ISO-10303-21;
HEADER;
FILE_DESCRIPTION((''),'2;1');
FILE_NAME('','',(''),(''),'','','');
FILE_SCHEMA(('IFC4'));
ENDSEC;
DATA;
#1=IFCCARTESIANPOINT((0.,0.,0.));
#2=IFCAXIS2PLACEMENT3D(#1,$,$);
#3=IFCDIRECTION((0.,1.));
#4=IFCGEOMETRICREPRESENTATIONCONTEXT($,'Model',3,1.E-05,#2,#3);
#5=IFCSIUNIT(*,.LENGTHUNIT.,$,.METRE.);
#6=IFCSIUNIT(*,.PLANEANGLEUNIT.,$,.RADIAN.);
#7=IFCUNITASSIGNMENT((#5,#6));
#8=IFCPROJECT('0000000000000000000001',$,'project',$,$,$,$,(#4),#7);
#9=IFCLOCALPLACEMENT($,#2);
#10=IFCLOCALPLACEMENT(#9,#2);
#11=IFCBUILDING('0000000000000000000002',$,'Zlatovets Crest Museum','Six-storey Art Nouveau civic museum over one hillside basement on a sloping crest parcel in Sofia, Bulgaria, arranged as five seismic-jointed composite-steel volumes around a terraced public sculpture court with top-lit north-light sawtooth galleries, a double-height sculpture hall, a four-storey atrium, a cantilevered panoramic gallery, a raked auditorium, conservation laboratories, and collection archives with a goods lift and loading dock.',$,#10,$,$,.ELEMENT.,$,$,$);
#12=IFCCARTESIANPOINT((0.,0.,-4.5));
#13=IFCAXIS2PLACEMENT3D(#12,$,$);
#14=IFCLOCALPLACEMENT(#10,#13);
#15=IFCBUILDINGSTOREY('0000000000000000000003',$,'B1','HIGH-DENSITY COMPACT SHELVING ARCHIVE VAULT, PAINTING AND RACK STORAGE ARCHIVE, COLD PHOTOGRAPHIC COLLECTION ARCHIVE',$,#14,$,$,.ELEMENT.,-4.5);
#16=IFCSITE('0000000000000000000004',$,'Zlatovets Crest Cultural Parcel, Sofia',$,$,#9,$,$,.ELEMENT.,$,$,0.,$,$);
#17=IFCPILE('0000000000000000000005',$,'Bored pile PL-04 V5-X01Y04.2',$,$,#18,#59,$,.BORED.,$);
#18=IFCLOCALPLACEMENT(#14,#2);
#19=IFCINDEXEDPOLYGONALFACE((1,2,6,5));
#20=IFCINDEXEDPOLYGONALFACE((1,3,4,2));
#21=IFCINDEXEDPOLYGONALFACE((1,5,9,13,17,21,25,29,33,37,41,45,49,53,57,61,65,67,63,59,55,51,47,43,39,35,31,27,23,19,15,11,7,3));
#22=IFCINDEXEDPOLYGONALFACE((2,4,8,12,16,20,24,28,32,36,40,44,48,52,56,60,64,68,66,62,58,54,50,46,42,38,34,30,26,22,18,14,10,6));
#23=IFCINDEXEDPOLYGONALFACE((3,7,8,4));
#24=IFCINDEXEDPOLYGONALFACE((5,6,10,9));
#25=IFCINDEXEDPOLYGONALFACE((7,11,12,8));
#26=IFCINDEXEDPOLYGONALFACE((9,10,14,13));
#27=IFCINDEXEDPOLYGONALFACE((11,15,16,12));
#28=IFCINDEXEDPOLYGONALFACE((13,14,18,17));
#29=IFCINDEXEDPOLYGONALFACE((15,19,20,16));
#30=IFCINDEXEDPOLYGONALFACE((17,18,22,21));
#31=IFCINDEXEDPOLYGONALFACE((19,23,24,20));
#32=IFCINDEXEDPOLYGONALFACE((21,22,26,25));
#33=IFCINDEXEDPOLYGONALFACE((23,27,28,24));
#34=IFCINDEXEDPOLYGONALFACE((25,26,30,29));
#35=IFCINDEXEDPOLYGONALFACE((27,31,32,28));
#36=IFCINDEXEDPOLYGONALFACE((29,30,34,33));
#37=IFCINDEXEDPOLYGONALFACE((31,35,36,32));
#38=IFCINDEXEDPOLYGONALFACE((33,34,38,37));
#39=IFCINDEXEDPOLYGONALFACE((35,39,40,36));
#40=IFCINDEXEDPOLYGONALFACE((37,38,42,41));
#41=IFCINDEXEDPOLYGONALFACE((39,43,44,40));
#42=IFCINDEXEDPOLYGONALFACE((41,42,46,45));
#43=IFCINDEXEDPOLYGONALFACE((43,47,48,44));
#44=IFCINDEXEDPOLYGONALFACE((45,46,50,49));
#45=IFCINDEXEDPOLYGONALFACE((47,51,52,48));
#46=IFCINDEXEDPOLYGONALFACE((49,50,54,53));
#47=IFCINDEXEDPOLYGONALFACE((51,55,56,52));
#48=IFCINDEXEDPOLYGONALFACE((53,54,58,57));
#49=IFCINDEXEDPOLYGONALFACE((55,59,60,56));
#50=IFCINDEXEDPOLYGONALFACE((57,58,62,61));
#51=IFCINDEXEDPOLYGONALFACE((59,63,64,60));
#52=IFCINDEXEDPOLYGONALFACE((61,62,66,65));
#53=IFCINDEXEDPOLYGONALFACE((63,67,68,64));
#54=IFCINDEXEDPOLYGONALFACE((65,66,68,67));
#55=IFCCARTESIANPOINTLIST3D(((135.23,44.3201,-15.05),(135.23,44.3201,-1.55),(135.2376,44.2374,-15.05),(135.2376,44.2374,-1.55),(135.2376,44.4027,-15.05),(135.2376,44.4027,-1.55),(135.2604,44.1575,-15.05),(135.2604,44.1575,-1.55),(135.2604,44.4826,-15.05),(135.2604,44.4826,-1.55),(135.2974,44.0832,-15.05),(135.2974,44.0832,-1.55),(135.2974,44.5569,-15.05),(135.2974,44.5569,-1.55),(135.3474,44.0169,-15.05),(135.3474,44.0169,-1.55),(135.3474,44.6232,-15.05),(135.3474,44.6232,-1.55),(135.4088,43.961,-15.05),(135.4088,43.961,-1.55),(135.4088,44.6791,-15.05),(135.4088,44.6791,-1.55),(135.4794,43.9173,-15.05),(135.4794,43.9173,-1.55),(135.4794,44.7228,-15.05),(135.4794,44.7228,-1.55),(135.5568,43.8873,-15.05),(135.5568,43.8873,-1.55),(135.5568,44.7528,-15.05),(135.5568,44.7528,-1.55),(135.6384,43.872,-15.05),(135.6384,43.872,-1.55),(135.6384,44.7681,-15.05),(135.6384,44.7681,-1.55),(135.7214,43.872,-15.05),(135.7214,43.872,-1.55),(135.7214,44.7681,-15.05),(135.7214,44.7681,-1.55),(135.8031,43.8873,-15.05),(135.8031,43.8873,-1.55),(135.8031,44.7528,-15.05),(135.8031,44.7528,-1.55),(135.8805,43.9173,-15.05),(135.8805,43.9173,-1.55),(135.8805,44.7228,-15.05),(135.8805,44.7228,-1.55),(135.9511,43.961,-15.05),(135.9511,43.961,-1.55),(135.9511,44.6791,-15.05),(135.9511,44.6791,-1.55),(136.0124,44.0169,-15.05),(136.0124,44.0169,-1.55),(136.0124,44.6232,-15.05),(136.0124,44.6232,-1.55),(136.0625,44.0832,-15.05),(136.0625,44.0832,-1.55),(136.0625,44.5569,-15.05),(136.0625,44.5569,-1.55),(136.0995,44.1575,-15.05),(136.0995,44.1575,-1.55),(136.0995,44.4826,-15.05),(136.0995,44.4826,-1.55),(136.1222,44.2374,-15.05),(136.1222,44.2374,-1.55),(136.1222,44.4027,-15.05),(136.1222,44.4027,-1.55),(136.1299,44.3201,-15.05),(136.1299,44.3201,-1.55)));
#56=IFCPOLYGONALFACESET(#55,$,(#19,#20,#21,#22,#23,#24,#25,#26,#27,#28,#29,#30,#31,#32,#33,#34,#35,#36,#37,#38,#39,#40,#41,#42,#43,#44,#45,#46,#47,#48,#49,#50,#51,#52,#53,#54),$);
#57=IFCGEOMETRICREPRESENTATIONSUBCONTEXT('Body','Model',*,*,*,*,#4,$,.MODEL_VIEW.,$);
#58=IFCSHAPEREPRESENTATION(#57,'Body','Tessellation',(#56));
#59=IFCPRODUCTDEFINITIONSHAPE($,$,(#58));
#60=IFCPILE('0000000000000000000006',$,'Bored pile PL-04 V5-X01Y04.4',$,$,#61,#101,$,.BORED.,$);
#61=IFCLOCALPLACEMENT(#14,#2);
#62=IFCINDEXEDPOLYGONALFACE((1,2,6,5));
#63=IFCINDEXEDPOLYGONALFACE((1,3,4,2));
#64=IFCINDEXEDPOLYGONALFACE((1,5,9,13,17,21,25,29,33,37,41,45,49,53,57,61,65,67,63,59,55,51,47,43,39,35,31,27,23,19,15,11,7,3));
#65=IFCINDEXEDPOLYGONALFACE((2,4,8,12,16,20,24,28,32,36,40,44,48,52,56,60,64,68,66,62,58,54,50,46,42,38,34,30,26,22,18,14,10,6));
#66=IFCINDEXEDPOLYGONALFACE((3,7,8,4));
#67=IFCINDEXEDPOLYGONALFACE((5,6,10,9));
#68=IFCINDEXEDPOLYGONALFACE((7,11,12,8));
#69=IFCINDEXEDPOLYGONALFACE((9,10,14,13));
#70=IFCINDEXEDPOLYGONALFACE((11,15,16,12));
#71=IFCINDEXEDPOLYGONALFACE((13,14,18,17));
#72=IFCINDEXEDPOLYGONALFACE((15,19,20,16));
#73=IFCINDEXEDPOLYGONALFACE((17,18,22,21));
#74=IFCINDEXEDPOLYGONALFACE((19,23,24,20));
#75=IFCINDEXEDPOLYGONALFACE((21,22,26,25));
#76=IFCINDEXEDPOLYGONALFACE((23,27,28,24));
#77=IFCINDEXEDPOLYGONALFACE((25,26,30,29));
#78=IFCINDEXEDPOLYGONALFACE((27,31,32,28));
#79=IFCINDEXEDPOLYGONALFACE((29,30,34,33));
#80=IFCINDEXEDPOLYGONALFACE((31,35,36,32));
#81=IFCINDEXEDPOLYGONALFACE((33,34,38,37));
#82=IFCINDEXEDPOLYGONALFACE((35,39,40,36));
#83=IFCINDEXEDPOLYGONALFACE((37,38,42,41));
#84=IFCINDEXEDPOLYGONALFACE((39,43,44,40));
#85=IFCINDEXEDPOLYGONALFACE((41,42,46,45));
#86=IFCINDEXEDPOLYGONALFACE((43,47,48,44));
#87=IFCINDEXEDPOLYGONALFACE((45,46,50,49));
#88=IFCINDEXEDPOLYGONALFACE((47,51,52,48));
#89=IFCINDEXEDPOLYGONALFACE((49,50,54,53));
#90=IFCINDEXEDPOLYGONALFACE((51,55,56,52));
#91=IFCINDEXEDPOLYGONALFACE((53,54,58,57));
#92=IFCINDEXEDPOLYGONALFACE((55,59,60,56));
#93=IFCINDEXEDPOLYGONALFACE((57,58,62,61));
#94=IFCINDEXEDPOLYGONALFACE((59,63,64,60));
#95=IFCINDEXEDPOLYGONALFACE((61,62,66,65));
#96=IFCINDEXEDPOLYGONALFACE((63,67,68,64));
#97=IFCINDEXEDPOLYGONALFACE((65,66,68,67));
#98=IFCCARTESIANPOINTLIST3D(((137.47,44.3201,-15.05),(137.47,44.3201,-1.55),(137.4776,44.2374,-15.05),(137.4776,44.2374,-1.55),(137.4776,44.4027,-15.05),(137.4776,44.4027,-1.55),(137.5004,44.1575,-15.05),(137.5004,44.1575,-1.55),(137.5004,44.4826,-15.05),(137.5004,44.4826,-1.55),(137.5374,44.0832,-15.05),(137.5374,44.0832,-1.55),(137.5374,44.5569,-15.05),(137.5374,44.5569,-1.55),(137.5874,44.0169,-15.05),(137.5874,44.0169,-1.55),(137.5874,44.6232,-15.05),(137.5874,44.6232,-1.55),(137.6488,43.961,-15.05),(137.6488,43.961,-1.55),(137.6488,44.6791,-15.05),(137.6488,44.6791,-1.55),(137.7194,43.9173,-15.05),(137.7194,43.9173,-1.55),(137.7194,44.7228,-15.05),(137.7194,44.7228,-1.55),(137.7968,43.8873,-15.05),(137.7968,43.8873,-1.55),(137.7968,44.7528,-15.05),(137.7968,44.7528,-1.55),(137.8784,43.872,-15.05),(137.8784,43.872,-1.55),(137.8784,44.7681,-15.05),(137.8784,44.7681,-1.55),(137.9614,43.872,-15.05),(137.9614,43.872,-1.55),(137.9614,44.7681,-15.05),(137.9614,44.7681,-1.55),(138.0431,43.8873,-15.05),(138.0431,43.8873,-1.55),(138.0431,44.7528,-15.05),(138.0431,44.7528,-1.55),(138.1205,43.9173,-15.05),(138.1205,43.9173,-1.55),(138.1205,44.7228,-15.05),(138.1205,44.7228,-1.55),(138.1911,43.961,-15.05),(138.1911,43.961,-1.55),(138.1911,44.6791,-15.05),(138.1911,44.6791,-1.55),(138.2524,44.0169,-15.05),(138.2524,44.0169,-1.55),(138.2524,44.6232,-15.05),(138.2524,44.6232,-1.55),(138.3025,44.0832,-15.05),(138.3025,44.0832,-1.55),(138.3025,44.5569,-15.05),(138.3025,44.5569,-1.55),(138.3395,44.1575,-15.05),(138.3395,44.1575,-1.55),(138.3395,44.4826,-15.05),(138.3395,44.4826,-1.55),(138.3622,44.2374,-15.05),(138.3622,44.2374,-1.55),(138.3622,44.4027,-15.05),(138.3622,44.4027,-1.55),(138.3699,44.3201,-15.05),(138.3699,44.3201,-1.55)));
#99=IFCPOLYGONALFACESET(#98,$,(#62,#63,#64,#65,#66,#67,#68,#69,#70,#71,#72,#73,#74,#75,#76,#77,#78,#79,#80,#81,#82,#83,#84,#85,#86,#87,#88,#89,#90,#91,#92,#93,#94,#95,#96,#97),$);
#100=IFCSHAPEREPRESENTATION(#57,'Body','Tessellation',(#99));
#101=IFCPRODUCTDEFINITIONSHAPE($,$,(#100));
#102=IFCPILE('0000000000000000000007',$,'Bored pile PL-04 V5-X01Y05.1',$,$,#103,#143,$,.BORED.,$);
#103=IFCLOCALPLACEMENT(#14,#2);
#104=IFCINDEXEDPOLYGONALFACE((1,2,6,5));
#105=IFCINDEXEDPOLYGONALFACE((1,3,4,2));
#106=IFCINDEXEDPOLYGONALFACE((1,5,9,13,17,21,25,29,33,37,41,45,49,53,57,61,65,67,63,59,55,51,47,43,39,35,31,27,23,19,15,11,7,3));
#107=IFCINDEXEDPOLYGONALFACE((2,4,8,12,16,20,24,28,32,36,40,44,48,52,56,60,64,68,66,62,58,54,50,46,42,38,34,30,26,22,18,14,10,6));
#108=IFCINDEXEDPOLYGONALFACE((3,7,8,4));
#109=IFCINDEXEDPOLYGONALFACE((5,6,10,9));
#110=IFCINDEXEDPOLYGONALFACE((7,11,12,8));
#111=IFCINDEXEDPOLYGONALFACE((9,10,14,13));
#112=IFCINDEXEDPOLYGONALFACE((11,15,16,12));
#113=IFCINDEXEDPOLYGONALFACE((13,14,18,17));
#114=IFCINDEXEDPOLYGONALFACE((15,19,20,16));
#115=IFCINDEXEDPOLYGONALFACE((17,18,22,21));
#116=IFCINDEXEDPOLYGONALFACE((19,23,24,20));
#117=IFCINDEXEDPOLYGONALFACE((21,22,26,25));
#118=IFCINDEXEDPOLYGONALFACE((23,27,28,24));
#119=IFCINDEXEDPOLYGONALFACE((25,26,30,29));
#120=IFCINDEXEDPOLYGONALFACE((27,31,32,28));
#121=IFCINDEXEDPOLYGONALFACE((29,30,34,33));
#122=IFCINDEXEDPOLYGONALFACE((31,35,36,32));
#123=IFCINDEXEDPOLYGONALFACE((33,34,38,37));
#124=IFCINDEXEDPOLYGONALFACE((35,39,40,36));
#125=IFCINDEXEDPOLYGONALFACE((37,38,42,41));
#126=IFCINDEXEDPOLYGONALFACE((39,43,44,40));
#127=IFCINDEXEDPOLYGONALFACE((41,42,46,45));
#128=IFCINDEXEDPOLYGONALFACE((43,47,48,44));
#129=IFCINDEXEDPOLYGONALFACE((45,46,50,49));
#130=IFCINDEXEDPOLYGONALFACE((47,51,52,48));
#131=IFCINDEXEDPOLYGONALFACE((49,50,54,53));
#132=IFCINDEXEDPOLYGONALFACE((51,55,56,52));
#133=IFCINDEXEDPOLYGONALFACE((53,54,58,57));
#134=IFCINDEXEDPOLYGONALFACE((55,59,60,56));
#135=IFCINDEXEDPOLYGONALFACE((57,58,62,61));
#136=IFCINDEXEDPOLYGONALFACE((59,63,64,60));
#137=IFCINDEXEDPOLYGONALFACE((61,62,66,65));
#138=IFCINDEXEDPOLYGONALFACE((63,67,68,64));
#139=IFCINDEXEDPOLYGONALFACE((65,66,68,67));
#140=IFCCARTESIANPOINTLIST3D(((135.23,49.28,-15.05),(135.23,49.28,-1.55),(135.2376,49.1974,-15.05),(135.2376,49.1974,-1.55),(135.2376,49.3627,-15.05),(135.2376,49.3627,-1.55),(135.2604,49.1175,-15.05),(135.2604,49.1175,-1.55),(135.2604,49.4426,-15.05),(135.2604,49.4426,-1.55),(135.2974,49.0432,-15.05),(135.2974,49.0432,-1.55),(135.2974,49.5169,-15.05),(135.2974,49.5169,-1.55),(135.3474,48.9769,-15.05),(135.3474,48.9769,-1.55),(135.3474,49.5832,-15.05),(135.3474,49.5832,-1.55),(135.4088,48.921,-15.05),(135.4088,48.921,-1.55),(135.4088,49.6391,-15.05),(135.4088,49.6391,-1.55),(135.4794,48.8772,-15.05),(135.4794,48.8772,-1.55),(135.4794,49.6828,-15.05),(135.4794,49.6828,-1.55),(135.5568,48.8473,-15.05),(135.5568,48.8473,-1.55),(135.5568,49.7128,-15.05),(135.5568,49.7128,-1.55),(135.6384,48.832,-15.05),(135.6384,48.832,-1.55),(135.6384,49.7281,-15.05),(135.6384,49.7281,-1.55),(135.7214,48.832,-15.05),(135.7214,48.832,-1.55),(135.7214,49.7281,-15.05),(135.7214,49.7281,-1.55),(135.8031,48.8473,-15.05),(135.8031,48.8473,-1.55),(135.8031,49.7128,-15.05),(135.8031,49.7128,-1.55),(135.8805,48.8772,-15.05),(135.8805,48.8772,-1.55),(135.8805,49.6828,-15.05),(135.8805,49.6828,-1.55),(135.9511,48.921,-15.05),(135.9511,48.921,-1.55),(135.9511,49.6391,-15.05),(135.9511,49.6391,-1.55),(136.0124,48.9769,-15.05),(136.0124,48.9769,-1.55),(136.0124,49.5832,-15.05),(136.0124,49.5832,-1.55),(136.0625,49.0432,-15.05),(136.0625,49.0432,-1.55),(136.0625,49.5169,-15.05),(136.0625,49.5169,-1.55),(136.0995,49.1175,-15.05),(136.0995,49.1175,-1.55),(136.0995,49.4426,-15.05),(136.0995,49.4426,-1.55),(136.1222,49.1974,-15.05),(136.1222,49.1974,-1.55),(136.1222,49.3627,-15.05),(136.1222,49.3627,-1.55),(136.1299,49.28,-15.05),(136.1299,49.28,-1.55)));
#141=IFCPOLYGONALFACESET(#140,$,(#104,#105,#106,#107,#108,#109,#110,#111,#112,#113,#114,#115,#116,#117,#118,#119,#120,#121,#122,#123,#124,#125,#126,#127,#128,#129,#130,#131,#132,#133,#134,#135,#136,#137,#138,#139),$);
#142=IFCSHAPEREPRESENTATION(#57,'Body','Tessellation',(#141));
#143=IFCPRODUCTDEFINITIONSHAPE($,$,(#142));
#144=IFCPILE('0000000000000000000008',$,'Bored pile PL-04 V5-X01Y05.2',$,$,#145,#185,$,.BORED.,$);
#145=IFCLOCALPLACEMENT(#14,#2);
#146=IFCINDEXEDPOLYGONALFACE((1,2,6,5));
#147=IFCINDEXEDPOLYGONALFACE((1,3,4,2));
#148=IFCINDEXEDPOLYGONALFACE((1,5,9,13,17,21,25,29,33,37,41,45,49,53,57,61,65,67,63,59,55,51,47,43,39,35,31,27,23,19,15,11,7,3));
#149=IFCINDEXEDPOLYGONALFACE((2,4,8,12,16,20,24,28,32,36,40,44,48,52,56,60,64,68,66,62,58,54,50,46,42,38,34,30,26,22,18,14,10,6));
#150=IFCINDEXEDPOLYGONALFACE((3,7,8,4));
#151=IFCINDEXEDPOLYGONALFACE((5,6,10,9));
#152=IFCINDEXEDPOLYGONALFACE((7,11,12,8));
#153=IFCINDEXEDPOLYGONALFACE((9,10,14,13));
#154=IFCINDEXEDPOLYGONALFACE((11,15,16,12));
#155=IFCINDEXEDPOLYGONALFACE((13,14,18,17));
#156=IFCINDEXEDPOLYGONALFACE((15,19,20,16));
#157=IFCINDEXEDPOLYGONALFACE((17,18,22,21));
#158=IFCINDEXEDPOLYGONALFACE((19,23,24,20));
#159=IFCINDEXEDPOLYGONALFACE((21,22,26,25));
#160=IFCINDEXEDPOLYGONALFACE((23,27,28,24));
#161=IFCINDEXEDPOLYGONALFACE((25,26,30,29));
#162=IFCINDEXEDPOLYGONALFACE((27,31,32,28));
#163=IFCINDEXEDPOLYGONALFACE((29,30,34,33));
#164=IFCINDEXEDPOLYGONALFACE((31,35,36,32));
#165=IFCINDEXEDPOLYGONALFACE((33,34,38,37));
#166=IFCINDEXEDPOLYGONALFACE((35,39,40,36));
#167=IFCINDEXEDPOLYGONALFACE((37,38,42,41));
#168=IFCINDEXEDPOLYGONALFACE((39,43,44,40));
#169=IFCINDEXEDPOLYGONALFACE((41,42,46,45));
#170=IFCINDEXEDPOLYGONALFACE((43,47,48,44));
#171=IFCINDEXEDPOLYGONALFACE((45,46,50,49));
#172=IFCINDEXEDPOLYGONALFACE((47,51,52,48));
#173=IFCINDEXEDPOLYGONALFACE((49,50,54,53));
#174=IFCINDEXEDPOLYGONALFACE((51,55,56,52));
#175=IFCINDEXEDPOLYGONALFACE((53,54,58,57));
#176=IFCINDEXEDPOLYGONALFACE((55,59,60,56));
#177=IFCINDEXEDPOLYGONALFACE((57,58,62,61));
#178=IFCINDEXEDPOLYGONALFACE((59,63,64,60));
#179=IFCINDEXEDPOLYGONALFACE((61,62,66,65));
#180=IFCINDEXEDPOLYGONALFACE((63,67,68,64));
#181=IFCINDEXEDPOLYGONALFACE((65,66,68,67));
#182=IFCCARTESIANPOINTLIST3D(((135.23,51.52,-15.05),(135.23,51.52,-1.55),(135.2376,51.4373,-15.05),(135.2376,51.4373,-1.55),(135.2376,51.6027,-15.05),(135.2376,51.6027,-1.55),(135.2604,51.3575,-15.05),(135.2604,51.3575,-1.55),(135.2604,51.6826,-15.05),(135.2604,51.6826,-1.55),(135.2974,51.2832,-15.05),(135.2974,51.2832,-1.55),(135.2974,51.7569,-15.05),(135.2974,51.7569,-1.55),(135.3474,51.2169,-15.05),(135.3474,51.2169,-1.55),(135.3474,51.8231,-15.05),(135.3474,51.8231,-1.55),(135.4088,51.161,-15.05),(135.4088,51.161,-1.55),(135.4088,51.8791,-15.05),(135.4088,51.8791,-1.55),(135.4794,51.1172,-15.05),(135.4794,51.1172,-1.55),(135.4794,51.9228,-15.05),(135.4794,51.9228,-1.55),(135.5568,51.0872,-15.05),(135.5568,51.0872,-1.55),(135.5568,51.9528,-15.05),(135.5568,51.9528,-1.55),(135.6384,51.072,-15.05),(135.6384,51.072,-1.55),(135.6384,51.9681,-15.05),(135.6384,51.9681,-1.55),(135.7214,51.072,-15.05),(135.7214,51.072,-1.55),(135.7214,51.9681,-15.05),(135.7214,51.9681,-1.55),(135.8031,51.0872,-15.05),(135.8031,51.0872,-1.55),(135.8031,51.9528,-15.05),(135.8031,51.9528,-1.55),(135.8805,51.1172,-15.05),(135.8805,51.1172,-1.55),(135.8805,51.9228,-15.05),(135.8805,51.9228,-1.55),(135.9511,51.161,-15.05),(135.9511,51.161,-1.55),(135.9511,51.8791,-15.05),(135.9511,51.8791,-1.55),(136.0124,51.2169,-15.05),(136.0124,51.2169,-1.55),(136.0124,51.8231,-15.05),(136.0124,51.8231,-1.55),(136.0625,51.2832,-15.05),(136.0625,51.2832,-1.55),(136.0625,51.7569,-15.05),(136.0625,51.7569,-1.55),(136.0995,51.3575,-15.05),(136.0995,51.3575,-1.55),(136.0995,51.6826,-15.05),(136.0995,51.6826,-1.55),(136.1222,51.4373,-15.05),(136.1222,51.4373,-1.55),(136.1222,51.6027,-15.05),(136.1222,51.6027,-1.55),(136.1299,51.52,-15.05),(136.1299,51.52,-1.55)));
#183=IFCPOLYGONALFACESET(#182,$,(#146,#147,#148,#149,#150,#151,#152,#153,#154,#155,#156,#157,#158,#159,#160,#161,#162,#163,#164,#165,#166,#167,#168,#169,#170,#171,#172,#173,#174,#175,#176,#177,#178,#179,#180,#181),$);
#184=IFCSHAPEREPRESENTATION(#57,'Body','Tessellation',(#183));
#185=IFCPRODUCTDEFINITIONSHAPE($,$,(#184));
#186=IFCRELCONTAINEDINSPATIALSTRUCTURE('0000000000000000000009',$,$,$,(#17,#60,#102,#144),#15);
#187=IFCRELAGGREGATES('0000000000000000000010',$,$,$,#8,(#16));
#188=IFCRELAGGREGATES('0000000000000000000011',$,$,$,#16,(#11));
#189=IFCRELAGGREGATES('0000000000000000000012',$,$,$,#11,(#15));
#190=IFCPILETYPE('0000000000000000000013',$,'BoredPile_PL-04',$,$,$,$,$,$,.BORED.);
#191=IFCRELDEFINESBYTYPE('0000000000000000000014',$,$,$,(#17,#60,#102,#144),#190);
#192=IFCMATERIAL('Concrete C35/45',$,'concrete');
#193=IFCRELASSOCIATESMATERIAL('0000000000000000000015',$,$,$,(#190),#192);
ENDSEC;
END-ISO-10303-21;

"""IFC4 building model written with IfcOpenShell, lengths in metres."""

from ifc_helpers import new_model, si_unit, direction, frame, origin, origin_2d, place, context, subcontext, project, spatial, circle, extrude, material, material_profile, profile_set, type_object, element, save


model = new_model("IFC4")

# Units and contexts
model_context = context("Model", 3, precision=1e-05, world=origin(), true_north=direction((0.0, 1.0)))
body_context = subcontext(model_context, "Body", "Model", "MODEL_VIEW")
ifc_project = project(units=[si_unit("LENGTHUNIT", "METRE"), si_unit("PLANEANGLEUNIT", "RADIAN")], contexts=[model_context])

# Site, building, storey
site_placement = place(None, origin())
site = spatial("IfcSite", under=ifc_project, at=site_placement, Name="Zlatovets Crest Cultural Parcel, Sofia", CompositionType="ELEMENT", RefElevation=0.0)
building_placement = place(site_placement, origin())
building = spatial("IfcBuilding", under=site, at=building_placement, Name="Zlatovets Crest Museum", Description="Six-storey Art Nouveau civic museum over one hillside basement on a sloping crest parcel in Sofia, Bulgaria, arranged as five seismic-jointed composite-steel volumes around a terraced public sculpture court with top-lit north-light sawtooth galleries, a double-height sculpture hall, a four-storey atrium, a cantilevered panoramic gallery, a raked auditorium, conservation laboratories, and collection archives with a goods lift and loading dock.", CompositionType="ELEMENT")
storey_placement = place(building_placement, frame((0.0, 0.0, -4.5)))
storey = spatial("IfcBuildingStorey", under=building, at=storey_placement, Name="B1", Description="HIGH-DENSITY COMPACT SHELVING ARCHIVE VAULT, PAINTING AND RACK STORAGE ARCHIVE, COLD PHOTOGRAPHIC COLLECTION ARCHIVE", CompositionType="ELEMENT", Elevation=-4.5)

# Piles
ifc_material_1 = material(Name="Concrete C35/45", Category="concrete")
ifc_material_profile_1 = material_profile(ifc_material_1, circle(Radius=0.45, at=origin_2d()), Name="PILE D900")
ifc_profile_set_1 = profile_set([ifc_material_profile_1], Name="Concrete C35/45")
pile_type = type_object("IfcPileType", Name="BoredPile_PL-04", PredefinedType="BORED", material=ifc_profile_set_1)
for number, where, z_axis, x_axis, name in (
    (1, (135.6799, 44.3201, -1.55), (0.0, 0.0, -1.0), (1.0, 0.0, 0.0), "Bored pile PL-04 V5-X01Y04.2"),
    (2, (137.9199, 44.3201, -1.55), (0.0, 0.0, -1.0), (1.0, 0.0, 0.0), "Bored pile PL-04 V5-X01Y04.4"),
    (3, (135.6799, 49.28, -1.55), (0.0, 0.0, -1.0), (1.0, 0.0, 0.0), "Bored pile PL-04 V5-X01Y05.1"),
    (4, (135.6799, 51.52, -1.55), (0.0, 0.0, -1.0), (1.0, 0.0, 0.0), "Bored pile PL-04 V5-X01Y05.2"),
):
    element("IfcPile", number, at=place(storey_placement, frame(where, z_axis=z_axis, x_axis=x_axis)), inside=storey, type_object=pile_type, Name=name, PredefinedType="BORED", context=body_context, shape_type="SweptSolid", body=[
        extrude(circle(Radius=0.45, at=origin_2d()), origin(), (0.0, 0.0, 1.0), 13.5),
    ])

save(model, "model.ifc")
